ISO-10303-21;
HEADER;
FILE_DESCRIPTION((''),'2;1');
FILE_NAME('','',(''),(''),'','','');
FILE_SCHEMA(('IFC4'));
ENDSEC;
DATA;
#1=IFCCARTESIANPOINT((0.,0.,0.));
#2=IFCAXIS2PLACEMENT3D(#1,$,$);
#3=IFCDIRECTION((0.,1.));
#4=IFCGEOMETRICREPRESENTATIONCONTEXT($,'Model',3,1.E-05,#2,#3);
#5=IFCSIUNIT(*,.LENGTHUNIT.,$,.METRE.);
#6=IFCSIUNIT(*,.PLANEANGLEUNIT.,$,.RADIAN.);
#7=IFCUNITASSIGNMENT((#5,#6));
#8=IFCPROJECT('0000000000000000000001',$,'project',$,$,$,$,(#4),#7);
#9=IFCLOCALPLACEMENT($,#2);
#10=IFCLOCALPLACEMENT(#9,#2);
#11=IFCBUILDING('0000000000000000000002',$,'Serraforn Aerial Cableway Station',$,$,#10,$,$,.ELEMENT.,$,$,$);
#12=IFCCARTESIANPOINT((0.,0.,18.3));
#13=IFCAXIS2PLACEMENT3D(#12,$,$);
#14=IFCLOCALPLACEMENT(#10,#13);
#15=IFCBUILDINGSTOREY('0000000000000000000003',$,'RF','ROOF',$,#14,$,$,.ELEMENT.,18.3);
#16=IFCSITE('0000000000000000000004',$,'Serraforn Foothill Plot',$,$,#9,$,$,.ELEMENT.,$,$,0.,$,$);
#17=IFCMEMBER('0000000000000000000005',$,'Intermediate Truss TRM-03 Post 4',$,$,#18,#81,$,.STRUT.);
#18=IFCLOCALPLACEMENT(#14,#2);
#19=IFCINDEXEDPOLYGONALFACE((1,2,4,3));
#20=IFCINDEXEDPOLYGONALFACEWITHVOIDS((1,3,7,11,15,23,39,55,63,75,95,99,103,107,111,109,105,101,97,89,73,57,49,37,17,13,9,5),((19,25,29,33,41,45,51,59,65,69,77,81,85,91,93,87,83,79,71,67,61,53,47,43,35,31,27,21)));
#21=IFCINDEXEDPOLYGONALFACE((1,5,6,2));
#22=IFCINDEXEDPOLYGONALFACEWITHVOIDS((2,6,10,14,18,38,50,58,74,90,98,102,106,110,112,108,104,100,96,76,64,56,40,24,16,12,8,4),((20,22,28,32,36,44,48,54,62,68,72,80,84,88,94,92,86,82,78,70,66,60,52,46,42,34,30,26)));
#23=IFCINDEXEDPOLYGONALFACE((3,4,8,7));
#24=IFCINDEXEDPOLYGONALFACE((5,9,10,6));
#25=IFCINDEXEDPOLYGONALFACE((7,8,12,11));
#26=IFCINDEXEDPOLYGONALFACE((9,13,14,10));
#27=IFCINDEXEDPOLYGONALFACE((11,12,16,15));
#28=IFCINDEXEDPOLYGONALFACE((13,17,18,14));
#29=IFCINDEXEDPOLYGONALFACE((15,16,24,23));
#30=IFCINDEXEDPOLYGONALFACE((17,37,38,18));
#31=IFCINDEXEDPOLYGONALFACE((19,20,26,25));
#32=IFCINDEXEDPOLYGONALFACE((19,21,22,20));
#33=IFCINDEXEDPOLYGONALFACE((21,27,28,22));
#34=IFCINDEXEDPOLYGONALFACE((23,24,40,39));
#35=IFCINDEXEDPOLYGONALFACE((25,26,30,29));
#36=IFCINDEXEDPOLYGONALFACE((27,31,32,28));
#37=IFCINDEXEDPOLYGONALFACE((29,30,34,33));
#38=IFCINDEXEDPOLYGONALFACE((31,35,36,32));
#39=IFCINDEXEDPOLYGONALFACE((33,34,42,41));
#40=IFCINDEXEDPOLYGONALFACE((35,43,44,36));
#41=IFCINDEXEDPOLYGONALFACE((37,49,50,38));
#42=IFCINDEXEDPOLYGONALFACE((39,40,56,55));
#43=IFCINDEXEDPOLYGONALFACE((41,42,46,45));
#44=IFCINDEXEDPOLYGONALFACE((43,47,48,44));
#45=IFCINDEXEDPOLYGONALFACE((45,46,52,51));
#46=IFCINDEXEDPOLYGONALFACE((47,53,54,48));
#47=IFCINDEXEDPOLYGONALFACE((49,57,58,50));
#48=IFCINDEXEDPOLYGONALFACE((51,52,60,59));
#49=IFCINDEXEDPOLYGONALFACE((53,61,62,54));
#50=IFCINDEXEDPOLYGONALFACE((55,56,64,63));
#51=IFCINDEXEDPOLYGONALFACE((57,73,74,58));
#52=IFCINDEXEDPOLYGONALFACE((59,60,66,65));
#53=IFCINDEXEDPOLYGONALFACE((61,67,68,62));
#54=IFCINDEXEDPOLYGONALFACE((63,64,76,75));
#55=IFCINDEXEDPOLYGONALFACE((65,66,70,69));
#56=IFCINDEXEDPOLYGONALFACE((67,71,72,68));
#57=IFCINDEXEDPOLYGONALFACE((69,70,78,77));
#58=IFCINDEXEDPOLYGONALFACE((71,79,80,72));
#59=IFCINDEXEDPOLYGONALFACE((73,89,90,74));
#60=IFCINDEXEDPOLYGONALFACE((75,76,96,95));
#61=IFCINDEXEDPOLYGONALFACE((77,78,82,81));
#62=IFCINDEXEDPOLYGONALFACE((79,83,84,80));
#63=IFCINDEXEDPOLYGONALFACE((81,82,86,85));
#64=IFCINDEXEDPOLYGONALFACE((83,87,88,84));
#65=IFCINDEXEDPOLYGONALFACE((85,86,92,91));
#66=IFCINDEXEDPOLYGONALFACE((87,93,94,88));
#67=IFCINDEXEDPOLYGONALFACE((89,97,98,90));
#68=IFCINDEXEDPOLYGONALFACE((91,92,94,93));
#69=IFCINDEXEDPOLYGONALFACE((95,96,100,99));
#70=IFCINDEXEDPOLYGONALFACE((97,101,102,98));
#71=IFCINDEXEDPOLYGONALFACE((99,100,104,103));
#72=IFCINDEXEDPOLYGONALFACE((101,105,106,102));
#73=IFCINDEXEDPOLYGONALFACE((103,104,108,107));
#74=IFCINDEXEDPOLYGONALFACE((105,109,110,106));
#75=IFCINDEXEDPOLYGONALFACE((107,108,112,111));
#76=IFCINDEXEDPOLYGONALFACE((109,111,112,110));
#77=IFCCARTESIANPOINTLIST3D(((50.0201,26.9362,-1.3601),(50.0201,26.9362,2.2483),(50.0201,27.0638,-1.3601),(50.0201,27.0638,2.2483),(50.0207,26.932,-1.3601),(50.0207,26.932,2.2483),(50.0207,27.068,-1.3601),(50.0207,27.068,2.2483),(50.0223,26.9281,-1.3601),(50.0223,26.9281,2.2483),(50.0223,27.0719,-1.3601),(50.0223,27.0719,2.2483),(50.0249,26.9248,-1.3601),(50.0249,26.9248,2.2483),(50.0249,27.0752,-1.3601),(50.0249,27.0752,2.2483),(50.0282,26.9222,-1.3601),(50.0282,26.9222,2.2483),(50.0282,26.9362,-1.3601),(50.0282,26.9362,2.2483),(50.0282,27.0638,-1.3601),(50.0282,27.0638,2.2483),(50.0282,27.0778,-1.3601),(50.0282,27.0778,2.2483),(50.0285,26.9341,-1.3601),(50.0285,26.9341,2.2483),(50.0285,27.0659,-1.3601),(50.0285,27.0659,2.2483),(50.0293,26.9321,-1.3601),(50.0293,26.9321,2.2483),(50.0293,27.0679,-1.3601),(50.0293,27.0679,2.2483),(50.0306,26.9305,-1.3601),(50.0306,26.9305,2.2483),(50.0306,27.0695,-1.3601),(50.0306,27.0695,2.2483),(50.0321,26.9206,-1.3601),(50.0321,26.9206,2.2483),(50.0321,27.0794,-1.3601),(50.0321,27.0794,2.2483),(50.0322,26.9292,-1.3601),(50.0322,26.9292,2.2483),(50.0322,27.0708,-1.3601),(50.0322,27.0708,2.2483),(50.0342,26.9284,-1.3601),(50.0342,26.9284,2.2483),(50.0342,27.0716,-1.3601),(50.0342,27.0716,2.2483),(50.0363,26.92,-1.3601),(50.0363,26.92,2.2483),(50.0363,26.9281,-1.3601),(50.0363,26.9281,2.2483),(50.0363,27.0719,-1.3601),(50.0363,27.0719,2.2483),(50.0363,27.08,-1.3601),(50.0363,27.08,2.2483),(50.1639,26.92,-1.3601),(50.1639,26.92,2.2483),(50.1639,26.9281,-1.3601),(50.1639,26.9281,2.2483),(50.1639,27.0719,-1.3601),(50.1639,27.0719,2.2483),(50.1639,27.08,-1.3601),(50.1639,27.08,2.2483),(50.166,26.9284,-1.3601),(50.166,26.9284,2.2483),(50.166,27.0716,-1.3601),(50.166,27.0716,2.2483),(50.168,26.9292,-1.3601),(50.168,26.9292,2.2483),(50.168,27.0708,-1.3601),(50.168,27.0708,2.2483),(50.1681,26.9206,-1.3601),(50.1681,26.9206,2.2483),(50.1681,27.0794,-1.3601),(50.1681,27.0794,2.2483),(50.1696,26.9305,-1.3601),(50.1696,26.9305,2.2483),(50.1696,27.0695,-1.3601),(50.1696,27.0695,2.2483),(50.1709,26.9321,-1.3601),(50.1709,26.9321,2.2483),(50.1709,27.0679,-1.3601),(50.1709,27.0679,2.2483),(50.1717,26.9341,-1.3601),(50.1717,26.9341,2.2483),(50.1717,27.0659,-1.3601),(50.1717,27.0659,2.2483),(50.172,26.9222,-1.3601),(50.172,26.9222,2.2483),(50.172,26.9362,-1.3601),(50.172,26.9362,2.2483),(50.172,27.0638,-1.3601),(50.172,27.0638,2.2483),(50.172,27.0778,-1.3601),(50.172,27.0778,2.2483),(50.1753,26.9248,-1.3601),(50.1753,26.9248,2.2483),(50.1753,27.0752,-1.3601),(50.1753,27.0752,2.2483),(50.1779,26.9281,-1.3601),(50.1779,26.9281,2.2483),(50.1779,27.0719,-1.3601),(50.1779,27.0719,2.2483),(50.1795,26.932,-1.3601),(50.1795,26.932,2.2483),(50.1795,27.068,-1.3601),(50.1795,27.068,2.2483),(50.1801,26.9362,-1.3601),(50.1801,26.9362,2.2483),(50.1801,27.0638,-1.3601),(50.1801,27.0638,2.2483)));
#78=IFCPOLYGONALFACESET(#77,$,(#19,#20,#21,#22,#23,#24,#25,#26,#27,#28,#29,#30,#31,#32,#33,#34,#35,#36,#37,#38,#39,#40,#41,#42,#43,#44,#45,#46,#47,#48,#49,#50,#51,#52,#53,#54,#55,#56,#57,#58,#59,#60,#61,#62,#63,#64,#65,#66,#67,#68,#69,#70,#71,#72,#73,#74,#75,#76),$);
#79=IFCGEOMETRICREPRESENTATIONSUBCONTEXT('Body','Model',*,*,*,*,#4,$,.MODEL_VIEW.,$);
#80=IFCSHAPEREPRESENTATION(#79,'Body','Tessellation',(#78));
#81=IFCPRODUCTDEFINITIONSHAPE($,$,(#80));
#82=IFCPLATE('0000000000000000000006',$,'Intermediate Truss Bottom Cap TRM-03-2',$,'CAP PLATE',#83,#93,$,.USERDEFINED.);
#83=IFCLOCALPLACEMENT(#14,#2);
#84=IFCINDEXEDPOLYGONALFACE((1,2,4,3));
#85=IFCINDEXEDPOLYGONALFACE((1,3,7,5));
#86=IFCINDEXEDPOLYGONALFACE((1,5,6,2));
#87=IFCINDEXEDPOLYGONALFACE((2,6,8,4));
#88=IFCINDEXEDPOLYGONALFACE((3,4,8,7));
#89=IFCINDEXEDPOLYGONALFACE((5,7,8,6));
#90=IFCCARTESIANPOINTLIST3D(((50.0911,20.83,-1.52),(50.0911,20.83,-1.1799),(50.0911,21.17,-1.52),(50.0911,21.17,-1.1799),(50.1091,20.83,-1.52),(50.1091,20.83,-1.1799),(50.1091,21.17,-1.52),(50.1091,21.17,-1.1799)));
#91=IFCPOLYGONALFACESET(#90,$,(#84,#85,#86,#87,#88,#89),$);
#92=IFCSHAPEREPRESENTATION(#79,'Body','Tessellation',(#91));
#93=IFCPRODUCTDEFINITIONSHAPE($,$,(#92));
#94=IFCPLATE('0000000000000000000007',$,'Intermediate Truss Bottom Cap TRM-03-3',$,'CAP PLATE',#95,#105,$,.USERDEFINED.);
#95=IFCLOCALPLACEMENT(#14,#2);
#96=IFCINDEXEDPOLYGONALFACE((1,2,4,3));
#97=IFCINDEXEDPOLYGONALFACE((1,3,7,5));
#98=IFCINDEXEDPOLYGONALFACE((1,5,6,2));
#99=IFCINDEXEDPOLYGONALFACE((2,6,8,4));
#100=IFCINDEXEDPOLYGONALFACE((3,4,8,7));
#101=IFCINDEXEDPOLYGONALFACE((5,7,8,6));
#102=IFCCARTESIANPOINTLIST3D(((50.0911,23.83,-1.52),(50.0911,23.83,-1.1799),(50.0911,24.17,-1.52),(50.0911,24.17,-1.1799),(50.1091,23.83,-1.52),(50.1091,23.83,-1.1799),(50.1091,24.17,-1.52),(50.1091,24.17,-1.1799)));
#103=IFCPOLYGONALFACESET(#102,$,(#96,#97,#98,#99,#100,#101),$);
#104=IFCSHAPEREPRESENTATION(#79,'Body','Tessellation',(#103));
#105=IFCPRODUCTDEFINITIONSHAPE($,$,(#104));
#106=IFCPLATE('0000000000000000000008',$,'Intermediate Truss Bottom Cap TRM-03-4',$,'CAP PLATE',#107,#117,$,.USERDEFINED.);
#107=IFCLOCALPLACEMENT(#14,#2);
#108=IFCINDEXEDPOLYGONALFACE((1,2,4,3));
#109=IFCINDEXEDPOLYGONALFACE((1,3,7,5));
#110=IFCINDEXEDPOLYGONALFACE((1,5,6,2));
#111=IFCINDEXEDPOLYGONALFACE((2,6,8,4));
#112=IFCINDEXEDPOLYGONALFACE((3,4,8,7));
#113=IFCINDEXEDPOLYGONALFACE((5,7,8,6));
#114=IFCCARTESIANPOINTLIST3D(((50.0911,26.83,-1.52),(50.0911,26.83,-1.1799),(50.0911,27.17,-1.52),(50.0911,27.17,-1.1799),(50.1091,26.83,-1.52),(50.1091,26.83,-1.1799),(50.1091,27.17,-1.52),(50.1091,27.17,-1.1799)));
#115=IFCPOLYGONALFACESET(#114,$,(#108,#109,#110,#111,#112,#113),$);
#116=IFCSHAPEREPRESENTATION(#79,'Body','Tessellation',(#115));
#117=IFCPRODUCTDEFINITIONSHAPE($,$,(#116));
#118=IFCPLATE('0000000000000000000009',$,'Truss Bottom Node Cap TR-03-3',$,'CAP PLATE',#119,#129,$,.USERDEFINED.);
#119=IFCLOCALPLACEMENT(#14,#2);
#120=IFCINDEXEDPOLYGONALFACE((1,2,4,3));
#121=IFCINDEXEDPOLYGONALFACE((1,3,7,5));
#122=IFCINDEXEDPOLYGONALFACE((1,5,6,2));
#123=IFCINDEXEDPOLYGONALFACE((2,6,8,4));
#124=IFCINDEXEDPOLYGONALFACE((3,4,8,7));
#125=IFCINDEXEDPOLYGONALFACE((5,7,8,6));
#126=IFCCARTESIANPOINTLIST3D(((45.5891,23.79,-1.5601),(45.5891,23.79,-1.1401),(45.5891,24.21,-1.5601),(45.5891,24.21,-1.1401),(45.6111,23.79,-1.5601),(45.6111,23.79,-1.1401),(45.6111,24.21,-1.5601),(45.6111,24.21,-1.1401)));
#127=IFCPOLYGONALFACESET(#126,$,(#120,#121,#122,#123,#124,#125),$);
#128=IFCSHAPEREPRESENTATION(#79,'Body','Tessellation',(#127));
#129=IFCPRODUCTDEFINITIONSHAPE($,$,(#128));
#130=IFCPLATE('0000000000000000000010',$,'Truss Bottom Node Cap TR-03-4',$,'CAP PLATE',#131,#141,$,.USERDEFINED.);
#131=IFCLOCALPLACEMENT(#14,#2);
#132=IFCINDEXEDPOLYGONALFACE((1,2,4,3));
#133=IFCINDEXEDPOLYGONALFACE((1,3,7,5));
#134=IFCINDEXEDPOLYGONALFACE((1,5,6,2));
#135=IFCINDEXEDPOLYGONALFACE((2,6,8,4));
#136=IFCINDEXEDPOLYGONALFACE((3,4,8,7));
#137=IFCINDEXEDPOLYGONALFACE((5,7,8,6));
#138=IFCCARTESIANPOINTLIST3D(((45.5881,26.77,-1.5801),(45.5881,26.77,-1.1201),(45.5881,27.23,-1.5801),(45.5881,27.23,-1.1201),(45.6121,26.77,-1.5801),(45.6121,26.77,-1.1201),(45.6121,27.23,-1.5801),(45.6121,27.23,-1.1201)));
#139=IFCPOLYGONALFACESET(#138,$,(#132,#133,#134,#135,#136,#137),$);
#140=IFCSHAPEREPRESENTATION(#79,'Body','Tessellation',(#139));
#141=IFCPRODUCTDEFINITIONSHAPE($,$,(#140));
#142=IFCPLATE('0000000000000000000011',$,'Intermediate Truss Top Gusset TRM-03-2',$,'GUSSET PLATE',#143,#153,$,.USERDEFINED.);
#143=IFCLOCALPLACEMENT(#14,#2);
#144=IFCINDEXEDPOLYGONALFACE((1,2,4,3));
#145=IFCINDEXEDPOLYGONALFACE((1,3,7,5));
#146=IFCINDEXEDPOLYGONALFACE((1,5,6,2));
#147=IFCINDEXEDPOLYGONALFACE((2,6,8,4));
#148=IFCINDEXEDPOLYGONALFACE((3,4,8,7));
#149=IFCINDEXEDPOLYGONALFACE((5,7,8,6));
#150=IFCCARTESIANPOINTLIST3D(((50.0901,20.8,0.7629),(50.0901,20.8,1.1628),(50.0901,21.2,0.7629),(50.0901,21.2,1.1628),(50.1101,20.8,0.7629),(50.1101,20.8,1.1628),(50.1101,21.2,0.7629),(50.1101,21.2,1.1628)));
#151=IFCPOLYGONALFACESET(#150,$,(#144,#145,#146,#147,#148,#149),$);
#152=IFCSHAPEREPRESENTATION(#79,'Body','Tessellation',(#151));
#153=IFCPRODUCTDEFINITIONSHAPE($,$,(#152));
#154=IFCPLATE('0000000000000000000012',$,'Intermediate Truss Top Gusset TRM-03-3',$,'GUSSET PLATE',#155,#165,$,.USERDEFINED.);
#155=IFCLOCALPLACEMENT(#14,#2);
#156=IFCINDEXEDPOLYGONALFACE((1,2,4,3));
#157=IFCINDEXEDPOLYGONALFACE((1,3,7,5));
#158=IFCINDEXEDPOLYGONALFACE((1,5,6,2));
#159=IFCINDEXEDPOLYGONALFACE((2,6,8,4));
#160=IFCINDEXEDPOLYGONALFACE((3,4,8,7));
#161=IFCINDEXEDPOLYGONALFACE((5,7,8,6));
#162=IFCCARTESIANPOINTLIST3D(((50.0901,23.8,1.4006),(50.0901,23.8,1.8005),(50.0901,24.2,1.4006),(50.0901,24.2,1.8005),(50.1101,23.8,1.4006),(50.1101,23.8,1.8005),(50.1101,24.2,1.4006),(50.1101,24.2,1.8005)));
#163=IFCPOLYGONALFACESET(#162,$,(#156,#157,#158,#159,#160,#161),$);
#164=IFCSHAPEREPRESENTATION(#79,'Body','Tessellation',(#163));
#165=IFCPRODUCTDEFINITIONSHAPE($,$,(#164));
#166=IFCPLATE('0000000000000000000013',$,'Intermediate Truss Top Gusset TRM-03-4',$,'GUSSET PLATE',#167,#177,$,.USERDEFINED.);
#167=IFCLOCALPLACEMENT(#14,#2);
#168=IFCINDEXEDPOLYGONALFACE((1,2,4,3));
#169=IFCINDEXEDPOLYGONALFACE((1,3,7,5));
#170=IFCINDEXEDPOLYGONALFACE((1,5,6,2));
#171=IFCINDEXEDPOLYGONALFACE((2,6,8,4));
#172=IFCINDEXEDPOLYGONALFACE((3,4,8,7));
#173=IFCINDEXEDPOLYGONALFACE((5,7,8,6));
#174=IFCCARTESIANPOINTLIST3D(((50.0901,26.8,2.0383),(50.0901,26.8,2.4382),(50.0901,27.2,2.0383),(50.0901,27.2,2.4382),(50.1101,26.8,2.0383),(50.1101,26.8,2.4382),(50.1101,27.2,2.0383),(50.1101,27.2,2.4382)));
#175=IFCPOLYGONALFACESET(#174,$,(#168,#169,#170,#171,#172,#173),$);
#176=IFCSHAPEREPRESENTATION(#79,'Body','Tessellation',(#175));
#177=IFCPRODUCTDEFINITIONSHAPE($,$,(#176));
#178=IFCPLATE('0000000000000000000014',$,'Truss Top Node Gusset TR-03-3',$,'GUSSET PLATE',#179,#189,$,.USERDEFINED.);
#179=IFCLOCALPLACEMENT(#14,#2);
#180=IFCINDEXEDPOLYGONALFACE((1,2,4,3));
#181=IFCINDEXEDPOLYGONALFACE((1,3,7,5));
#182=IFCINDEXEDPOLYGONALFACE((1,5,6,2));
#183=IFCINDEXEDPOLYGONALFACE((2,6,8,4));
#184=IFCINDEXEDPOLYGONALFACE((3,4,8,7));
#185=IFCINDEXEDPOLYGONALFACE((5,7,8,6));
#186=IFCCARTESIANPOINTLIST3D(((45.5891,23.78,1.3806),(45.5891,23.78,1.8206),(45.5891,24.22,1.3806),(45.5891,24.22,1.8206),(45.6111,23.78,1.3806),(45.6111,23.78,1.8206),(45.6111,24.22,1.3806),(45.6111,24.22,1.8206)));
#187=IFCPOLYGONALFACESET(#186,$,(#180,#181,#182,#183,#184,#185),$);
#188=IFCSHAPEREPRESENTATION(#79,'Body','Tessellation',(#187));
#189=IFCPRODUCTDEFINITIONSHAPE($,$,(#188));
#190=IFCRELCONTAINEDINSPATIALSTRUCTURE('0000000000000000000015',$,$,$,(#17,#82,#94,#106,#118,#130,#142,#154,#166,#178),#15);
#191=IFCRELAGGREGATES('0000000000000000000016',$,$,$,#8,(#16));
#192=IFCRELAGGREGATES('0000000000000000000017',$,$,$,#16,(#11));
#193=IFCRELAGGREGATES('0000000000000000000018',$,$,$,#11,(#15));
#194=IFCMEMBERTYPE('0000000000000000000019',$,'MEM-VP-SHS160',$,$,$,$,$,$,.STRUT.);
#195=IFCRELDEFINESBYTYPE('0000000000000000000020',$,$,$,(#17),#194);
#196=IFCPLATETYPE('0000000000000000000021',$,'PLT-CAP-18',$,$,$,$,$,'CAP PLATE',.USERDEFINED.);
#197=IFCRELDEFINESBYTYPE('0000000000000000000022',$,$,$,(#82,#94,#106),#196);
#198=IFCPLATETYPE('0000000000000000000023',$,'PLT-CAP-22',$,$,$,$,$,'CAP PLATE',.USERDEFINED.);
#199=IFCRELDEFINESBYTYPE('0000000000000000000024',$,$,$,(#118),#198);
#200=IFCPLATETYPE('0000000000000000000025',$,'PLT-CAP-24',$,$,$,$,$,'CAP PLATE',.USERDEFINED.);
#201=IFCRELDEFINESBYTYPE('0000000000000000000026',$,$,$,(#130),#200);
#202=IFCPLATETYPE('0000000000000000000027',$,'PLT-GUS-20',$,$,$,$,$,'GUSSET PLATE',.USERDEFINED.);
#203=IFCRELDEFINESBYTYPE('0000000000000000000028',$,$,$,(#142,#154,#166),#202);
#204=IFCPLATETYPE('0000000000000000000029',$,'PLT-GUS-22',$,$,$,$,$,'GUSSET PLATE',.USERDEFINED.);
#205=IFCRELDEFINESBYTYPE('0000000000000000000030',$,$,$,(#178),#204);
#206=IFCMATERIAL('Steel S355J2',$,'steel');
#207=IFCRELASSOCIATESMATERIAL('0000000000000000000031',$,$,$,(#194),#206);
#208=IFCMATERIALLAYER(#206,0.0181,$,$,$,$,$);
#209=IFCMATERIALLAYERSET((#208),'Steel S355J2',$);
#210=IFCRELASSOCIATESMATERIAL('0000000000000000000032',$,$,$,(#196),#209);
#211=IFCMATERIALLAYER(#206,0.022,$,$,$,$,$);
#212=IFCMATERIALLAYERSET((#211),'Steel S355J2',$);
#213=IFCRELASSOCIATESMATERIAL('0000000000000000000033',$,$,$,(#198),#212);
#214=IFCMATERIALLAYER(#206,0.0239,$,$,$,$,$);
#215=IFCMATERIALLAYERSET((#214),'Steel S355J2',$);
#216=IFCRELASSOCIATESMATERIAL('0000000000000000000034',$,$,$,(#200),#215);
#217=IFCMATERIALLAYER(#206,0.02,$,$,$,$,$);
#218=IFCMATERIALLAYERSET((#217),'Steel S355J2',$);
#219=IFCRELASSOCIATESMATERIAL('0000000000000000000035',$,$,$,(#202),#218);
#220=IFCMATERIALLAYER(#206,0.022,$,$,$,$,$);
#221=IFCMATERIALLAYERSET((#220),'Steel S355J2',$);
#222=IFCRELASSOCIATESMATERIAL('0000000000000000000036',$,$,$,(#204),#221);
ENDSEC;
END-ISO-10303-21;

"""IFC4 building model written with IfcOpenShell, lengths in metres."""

from ifc_helpers import new_model, si_unit, direction, frame, origin, origin_2d, place, context, subcontext, project, spatial, rectangle, hollow_rectangle, extrude, material, layer, layer_set, material_profile, profile_set, type_object, element, save


model = new_model("IFC4")

# Units and contexts
model_context = context("Model", 3, precision=1e-05, world=origin(), true_north=direction((0.0, 1.0)))
body_context = subcontext(model_context, "Body", "Model", "MODEL_VIEW")
ifc_project = project(units=[si_unit("LENGTHUNIT", "METRE"), si_unit("PLANEANGLEUNIT", "RADIAN")], contexts=[model_context])

# Site, building, storey
site_placement = place(None, origin())
site = spatial("IfcSite", under=ifc_project, at=site_placement, Name="Serraforn Foothill Plot", CompositionType="ELEMENT", RefElevation=0.0)
building_placement = place(site_placement, origin())
building = spatial("IfcBuilding", under=site, at=building_placement, Name="Serraforn Aerial Cableway Station", CompositionType="ELEMENT")
storey_placement = place(building_placement, frame((0.0, 0.0, 18.3)))
storey = spatial("IfcBuildingStorey", under=building, at=storey_placement, Name="RF", Description="ROOF", CompositionType="ELEMENT", Elevation=18.3)

# Member
ifc_material_1 = material(Name="Steel S355J2", Category="steel")
ifc_material_profile_1 = material_profile(ifc_material_1, hollow_rectangle(XDim=0.1599, YDim=0.1599, WallThickness=0.0081, InnerFilletRadius=0.0081, OuterFilletRadius=0.0161, at=origin_2d()), Name="SHS 160x160x8.0")
ifc_profile_set_1 = profile_set([ifc_material_profile_1], Name="Steel S355J2")
member_type_1 = type_object("IfcMemberType", Name="MEM-VP-SHS160", PredefinedType="STRUT", material=ifc_profile_set_1)
member_1_placement = place(storey_placement, frame((50.1001, 27.0, -1.3601), z_axis=(0.0, 0.0, 1.0), x_axis=(1.0, 0.0, 0.0)))
element("IfcMember", 1, at=member_1_placement, inside=storey, type_object=member_type_1, Name="Intermediate Truss TRM-03 Post 4", PredefinedType="STRUT", context=body_context, shape_type="SweptSolid", body=[
    extrude(hollow_rectangle(XDim=0.1599, YDim=0.1599, WallThickness=0.0081, InnerFilletRadius=0.0081, OuterFilletRadius=0.0161, at=origin_2d()), origin(), (0.0, 0.0, 1.0), 3.6084),
])

# Plates
ifc_layer_1 = layer(ifc_material_1, 0.0181)
ifc_layer_set_1 = layer_set([ifc_layer_1], Name="Steel S355J2")
plate_type_1 = type_object("IfcPlateType", Name="PLT-CAP-18", ElementType="CAP PLATE", PredefinedType="USERDEFINED", material=ifc_layer_set_1)
for number, where, z_axis, x_axis, name in (
    (2, (50.1001, 21.0, -1.52), (0.0, 0.0, 1.0), (1.0, 0.0, 0.0), "Intermediate Truss Bottom Cap TRM-03-2"),
    (3, (50.1001, 24.0, -1.52), (0.0, 0.0, 1.0), (1.0, 0.0, 0.0), "Intermediate Truss Bottom Cap TRM-03-3"),
    (4, (50.1001, 27.0, -1.52), (0.0, 0.0, 1.0), (1.0, 0.0, 0.0), "Intermediate Truss Bottom Cap TRM-03-4"),
):
    element("IfcPlate", number, at=place(storey_placement, frame(where, z_axis=z_axis, x_axis=x_axis)), inside=storey, type_object=plate_type_1, Name=name, ObjectType="CAP PLATE", PredefinedType="USERDEFINED", context=body_context, shape_type="SweptSolid", body=[
        extrude(rectangle(XDim=0.0181, YDim=0.3401, at=origin_2d()), origin(), (0.0, 0.0, 1.0), 0.3401),
    ])
ifc_layer_2 = layer(ifc_material_1, 0.022)
ifc_layer_set_2 = layer_set([ifc_layer_2], Name="Steel S355J2")
plate_type_2 = type_object("IfcPlateType", Name="PLT-CAP-22", ElementType="CAP PLATE", PredefinedType="USERDEFINED", material=ifc_layer_set_2)
plate_1_placement = place(storey_placement, frame((45.6001, 24.0, -1.5601), z_axis=(0.0, 0.0, 1.0), x_axis=(1.0, 0.0, 0.0)))
element("IfcPlate", 5, at=plate_1_placement, inside=storey, type_object=plate_type_2, Name="Truss Bottom Node Cap TR-03-3", ObjectType="CAP PLATE", PredefinedType="USERDEFINED", context=body_context, shape_type="SweptSolid", body=[
    extrude(rectangle(XDim=0.022, YDim=0.4199, at=origin_2d()), origin(), (0.0, 0.0, 1.0), 0.4199),
])
ifc_layer_3 = layer(ifc_material_1, 0.0239)
ifc_layer_set_3 = layer_set([ifc_layer_3], Name="Steel S355J2")
plate_type_3 = type_object("IfcPlateType", Name="PLT-CAP-24", ElementType="CAP PLATE", PredefinedType="USERDEFINED", material=ifc_layer_set_3)
plate_2_placement = place(storey_placement, frame((45.6001, 27.0, -1.5801), z_axis=(0.0, 0.0, 1.0), x_axis=(1.0, 0.0, 0.0)))
element("IfcPlate", 6, at=plate_2_placement, inside=storey, type_object=plate_type_3, Name="Truss Bottom Node Cap TR-03-4", ObjectType="CAP PLATE", PredefinedType="USERDEFINED", context=body_context, shape_type="SweptSolid", body=[
    extrude(rectangle(XDim=0.0239, YDim=0.46, at=origin_2d()), origin(), (0.0, 0.0, 1.0), 0.46),
])
ifc_layer_4 = layer(ifc_material_1, 0.02)
ifc_layer_set_4 = layer_set([ifc_layer_4], Name="Steel S355J2")
plate_type_4 = type_object("IfcPlateType", Name="PLT-GUS-20", ElementType="GUSSET PLATE", PredefinedType="USERDEFINED", material=ifc_layer_set_4)
for number, where, z_axis, x_axis, name in (
    (7, (50.1001, 21.0, 0.7629), (0.0, 0.0, 1.0), (1.0, 0.0, 0.0), "Intermediate Truss Top Gusset TRM-03-2"),
    (8, (50.1001, 24.0, 1.4006), (0.0, 0.0, 1.0), (1.0, 0.0, 0.0), "Intermediate Truss Top Gusset TRM-03-3"),
    (9, (50.1001, 27.0, 2.0383), (0.0, 0.0, 1.0), (1.0, 0.0, 0.0), "Intermediate Truss Top Gusset TRM-03-4"),
):
    element("IfcPlate", number, at=place(storey_placement, frame(where, z_axis=z_axis, x_axis=x_axis)), inside=storey, type_object=plate_type_4, Name=name, ObjectType="GUSSET PLATE", PredefinedType="USERDEFINED", context=body_context, shape_type="SweptSolid", body=[
        extrude(rectangle(XDim=0.02, YDim=0.3999, at=origin_2d()), origin(), (0.0, 0.0, 1.0), 0.3999),
    ])
ifc_layer_5 = layer(ifc_material_1, 0.022)
ifc_layer_set_5 = layer_set([ifc_layer_5], Name="Steel S355J2")
plate_type_5 = type_object("IfcPlateType", Name="PLT-GUS-22", ElementType="GUSSET PLATE", PredefinedType="USERDEFINED", material=ifc_layer_set_5)
plate_3_placement = place(storey_placement, frame((45.6001, 24.0, 1.3806), z_axis=(0.0, 0.0, 1.0), x_axis=(1.0, 0.0, 0.0)))
element("IfcPlate", 10, at=plate_3_placement, inside=storey, type_object=plate_type_5, Name="Truss Top Node Gusset TR-03-3", ObjectType="GUSSET PLATE", PredefinedType="USERDEFINED", context=body_context, shape_type="SweptSolid", body=[
    extrude(rectangle(XDim=0.022, YDim=0.4399, at=origin_2d()), origin(), (0.0, 0.0, 1.0), 0.4399),
])

save(model, "model.ifc")
